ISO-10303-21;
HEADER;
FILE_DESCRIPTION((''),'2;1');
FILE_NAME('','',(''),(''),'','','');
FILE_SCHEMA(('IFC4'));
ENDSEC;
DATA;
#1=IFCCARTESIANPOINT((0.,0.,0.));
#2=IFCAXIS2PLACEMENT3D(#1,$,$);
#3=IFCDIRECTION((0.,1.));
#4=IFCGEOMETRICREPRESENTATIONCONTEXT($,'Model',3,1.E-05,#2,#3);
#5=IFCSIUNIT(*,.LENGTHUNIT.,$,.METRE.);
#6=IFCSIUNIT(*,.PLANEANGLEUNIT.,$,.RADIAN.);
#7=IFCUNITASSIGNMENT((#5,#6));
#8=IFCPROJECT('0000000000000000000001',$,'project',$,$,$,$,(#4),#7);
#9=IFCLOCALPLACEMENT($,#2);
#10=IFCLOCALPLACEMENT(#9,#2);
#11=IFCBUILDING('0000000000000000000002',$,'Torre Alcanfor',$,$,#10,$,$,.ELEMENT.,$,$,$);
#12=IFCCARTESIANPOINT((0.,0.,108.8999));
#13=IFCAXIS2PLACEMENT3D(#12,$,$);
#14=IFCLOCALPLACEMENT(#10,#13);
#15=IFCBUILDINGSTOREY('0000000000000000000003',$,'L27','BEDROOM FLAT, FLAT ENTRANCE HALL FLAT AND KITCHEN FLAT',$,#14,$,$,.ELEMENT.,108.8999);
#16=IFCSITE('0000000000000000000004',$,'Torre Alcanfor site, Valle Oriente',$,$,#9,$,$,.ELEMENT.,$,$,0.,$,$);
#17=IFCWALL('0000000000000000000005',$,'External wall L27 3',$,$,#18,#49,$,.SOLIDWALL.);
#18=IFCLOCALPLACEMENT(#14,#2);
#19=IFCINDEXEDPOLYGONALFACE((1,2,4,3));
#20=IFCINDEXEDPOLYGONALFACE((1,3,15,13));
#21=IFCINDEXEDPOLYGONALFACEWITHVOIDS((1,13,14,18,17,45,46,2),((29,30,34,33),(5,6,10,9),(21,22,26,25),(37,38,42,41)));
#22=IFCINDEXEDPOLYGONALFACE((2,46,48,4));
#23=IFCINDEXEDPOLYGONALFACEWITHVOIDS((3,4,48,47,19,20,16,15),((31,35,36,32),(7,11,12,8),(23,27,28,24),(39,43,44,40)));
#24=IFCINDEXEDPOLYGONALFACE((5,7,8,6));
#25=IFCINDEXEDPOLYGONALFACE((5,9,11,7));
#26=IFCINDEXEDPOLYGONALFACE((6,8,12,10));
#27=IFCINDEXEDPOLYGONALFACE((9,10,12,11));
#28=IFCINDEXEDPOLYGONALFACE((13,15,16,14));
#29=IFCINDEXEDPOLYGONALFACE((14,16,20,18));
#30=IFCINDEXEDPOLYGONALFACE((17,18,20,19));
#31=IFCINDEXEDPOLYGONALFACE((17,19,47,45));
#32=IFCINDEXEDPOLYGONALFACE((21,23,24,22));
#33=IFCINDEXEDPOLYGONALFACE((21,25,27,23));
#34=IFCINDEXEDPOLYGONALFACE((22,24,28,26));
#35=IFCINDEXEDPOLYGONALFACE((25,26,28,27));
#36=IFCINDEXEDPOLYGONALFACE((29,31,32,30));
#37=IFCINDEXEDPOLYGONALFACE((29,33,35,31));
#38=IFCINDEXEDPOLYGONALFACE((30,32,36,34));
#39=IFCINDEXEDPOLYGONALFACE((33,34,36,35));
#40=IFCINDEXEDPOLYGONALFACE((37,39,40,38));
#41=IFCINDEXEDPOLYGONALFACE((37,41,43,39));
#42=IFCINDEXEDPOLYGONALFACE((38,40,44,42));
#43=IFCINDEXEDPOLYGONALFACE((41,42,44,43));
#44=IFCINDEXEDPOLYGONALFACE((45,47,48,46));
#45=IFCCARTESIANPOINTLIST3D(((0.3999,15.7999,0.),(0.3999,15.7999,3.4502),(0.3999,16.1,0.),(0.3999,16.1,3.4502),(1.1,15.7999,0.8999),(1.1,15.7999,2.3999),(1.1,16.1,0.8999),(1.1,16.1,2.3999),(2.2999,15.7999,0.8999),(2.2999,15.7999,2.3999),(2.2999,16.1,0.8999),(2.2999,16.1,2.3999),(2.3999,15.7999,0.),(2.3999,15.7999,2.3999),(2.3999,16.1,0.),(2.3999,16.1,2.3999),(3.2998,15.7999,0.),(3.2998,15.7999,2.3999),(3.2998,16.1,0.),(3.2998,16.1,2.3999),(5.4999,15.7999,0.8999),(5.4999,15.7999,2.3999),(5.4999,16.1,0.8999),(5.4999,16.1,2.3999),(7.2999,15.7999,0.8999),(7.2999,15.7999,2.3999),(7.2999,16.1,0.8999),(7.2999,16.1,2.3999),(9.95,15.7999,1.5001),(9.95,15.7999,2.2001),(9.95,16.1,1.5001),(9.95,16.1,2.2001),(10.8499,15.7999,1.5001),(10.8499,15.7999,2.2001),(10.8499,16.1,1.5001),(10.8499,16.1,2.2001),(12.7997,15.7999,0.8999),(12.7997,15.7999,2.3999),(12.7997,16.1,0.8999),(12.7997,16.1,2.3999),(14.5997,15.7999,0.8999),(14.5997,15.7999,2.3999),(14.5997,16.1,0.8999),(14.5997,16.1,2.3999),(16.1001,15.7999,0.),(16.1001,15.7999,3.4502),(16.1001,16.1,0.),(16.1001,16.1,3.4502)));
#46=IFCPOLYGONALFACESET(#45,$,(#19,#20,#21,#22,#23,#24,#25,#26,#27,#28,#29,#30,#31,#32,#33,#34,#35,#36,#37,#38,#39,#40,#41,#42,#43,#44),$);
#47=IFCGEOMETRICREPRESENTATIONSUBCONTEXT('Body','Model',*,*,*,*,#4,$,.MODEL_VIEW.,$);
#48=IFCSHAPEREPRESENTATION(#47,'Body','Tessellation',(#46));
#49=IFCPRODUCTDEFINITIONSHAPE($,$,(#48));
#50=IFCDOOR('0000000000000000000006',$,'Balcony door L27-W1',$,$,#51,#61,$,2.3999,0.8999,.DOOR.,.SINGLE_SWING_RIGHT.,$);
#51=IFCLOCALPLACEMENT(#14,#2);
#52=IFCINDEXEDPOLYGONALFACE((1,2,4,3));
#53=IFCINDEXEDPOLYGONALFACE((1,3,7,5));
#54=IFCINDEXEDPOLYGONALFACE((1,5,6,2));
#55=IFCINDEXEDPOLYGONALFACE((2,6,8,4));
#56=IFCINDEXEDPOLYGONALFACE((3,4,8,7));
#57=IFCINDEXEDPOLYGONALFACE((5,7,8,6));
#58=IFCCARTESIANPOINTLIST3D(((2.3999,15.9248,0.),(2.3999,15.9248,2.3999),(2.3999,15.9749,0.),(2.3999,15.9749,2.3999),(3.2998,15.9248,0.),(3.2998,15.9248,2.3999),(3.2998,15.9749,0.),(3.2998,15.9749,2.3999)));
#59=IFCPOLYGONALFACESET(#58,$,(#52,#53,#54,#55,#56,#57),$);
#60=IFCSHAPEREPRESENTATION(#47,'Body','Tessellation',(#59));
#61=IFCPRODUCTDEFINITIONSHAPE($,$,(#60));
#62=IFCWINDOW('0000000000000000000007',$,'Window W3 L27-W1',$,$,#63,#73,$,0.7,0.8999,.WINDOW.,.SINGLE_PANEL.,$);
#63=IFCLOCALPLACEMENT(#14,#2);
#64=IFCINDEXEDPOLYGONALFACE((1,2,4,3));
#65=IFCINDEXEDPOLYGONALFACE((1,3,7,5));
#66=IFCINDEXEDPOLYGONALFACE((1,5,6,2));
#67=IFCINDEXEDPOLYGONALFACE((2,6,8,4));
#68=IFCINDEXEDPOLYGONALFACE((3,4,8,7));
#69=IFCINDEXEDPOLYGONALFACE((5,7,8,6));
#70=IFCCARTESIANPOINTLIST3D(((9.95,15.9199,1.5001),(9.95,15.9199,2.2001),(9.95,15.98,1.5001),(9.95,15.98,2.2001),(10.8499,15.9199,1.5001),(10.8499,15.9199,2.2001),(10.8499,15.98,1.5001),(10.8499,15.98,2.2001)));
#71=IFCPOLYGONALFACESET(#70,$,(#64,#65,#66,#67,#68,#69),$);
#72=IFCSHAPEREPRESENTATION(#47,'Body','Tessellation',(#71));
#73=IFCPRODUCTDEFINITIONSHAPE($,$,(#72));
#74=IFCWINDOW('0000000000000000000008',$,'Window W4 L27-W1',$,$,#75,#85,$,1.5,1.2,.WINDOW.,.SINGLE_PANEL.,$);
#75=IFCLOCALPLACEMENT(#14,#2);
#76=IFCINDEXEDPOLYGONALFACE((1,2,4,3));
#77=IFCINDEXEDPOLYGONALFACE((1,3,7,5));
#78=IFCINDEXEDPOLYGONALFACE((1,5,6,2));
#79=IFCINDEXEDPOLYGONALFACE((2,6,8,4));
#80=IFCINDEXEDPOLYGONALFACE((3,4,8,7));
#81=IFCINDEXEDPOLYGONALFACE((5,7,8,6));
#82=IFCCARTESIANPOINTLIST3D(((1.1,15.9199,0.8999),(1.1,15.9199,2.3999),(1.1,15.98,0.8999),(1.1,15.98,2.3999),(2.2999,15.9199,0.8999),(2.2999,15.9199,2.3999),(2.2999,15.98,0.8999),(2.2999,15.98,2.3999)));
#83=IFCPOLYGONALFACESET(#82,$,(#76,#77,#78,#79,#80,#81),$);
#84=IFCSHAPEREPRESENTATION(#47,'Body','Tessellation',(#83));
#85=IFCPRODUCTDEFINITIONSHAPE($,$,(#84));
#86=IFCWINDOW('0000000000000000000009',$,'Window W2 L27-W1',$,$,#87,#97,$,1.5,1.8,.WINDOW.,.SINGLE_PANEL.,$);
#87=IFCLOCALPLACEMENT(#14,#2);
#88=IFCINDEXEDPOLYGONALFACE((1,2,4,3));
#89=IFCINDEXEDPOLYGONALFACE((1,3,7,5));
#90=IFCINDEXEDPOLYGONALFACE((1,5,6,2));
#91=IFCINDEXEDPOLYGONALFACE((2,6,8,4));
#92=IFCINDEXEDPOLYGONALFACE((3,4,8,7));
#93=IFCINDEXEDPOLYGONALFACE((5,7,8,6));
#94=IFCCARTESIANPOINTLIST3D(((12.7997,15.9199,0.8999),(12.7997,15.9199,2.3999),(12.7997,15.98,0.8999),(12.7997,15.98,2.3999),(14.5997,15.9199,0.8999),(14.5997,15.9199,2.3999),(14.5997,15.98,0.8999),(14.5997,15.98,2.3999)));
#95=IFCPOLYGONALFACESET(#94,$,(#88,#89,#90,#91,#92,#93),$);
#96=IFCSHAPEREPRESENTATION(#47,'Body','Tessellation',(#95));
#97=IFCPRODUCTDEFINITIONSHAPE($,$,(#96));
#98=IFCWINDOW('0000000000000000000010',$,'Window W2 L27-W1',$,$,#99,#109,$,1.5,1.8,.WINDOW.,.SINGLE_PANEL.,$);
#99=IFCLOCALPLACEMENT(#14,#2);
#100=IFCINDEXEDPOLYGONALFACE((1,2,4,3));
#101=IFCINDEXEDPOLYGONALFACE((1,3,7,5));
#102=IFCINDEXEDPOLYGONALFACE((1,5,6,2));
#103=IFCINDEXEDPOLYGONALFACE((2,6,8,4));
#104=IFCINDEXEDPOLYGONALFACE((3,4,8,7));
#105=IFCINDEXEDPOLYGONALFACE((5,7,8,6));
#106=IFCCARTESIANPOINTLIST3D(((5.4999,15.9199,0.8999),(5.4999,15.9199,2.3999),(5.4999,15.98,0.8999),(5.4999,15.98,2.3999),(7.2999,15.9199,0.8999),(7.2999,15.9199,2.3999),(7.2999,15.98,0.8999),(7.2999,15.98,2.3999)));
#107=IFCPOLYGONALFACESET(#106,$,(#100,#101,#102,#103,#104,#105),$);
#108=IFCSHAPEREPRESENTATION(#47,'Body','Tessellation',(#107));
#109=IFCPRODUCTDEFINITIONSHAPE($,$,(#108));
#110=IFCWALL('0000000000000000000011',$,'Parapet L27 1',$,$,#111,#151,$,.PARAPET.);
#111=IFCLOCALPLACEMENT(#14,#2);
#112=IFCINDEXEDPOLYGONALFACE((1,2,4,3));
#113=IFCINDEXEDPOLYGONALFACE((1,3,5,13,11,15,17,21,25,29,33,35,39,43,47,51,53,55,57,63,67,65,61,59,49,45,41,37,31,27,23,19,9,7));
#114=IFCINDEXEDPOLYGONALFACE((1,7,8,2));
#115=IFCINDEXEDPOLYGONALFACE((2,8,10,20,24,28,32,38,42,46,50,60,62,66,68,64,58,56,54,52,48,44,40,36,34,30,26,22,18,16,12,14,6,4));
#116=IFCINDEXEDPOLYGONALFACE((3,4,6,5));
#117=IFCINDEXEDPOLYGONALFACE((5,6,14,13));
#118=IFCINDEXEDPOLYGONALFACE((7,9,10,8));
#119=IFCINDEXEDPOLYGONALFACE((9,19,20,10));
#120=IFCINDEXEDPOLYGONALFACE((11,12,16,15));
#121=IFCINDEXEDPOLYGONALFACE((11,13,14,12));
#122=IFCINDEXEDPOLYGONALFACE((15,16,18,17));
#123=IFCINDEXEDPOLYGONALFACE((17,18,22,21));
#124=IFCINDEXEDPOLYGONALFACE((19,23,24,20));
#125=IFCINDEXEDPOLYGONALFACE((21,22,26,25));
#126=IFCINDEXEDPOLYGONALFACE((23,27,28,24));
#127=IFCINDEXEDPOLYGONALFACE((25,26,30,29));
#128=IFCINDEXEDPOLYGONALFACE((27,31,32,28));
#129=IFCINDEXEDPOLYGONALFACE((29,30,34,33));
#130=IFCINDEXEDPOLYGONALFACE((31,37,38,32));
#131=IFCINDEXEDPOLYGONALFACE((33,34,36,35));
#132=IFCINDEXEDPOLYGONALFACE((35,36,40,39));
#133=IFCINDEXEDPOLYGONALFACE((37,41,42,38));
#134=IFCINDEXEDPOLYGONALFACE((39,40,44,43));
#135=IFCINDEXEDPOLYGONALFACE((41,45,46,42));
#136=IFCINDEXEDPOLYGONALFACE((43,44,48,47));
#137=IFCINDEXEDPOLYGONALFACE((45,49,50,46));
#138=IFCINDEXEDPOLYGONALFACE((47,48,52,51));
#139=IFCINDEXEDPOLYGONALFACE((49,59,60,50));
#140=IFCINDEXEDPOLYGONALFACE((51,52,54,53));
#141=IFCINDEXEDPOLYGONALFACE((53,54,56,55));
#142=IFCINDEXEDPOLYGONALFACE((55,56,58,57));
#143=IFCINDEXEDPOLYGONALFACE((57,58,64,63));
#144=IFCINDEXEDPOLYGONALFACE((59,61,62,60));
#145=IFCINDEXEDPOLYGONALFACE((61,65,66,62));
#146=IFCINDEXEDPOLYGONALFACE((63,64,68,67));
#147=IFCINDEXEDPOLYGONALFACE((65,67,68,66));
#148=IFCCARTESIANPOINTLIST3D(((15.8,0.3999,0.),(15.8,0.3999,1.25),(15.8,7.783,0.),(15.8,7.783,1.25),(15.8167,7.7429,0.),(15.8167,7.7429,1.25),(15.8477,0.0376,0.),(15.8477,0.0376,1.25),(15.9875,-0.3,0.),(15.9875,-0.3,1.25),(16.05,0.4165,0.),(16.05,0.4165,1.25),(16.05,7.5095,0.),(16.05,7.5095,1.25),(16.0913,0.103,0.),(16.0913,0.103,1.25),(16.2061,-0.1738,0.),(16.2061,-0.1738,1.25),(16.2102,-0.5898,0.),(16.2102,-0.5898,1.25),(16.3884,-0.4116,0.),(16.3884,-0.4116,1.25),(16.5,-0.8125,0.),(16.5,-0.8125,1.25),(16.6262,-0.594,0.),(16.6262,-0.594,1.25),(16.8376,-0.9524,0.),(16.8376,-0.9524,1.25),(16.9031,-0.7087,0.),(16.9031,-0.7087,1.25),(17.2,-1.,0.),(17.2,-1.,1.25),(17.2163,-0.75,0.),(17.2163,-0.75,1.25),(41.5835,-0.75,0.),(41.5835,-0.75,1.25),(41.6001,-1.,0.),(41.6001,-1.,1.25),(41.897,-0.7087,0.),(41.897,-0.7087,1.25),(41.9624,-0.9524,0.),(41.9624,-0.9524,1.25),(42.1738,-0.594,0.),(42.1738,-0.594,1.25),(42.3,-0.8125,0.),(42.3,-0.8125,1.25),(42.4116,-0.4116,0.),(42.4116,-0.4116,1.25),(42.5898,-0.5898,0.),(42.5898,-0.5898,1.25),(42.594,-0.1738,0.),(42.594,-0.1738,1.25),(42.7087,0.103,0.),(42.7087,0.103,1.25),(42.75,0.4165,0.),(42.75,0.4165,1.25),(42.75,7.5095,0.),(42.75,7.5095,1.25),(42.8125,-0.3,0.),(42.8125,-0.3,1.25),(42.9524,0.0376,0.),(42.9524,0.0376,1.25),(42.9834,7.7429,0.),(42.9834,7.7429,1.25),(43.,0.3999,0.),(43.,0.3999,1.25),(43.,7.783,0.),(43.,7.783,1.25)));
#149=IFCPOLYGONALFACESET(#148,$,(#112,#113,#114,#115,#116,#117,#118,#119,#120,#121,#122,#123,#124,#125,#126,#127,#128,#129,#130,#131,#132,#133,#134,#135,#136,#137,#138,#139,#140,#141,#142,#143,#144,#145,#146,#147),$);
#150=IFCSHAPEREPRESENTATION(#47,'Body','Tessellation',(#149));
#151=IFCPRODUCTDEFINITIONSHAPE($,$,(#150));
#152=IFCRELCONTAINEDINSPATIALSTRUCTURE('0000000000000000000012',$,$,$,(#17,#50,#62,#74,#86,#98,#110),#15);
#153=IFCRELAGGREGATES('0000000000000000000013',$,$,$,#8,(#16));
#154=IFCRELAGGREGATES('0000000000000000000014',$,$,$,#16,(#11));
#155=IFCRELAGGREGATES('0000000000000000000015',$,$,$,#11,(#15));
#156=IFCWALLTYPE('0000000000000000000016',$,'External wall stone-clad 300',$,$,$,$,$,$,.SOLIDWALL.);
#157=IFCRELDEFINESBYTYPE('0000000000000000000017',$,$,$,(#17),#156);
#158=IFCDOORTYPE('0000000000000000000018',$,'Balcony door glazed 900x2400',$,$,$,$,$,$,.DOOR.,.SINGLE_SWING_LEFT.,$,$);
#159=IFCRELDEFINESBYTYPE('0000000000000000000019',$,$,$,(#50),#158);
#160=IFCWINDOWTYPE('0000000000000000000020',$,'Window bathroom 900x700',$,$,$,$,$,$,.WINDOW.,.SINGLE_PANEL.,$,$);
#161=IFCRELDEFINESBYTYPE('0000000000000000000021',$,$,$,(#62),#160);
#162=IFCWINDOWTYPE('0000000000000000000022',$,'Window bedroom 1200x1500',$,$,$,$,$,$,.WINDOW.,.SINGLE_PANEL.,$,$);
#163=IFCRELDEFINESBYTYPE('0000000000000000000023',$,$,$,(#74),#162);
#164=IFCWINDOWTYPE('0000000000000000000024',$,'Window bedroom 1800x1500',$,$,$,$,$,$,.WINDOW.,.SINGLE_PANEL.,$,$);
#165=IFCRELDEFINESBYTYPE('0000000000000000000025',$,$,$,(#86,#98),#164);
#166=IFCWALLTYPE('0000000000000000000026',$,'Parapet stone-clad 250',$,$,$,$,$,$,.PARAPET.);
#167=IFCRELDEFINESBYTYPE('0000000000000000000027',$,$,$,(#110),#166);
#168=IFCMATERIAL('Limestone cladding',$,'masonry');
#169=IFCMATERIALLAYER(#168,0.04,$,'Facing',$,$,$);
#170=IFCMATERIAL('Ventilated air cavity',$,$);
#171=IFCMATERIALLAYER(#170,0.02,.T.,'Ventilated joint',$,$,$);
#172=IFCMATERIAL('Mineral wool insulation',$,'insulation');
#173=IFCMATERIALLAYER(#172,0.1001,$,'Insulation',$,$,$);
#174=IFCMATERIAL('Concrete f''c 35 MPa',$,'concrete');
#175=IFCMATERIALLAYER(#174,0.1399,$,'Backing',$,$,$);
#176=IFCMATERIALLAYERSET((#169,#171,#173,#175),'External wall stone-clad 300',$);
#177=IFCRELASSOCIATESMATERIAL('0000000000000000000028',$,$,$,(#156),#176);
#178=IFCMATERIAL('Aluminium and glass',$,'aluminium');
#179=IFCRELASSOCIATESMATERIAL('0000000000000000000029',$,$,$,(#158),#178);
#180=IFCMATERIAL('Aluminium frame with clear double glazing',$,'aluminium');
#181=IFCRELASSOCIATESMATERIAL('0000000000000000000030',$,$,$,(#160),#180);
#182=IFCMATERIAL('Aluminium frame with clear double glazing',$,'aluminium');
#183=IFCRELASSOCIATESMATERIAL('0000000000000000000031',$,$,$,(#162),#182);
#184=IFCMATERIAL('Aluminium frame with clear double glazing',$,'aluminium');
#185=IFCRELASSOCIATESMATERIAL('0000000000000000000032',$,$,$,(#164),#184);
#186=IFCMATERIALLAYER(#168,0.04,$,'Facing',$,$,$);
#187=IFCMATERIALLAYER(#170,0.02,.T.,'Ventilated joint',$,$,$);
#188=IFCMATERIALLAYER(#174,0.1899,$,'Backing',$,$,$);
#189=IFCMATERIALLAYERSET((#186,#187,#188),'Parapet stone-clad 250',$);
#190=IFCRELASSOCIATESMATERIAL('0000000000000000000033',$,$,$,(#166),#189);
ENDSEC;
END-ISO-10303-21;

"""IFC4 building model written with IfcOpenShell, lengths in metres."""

from ifc_helpers import new_model, si_unit, direction, frame, frame_2d, origin, place, context, subcontext, project, spatial, polyline, rectangle, outline, extrude, material, layer, layer_set, type_object, element, fill, save


model = new_model("IFC4")

# Units and contexts
model_context = context("Model", 3, precision=1e-05, world=origin(), true_north=direction((0.0, 1.0)))
body_context = subcontext(model_context, "Body", "Model", "MODEL_VIEW")
ifc_project = project(units=[si_unit("LENGTHUNIT", "METRE"), si_unit("PLANEANGLEUNIT", "RADIAN")], contexts=[model_context])

# Site, building, storey
site_placement = place(None, origin())
site = spatial("IfcSite", under=ifc_project, at=site_placement, Name="Torre Alcanfor site, Valle Oriente", CompositionType="ELEMENT", RefElevation=0.0)
building_placement = place(site_placement, origin())
building = spatial("IfcBuilding", under=site, at=building_placement, Name="Torre Alcanfor", CompositionType="ELEMENT")
storey_placement = place(building_placement, frame((0.0, 0.0, 108.8999)))
storey = spatial("IfcBuildingStorey", under=building, at=storey_placement, Name="L27", Description="BEDROOM FLAT, FLAT ENTRANCE HALL FLAT AND KITCHEN FLAT", CompositionType="ELEMENT", Elevation=108.8999)

# Wall, openings, door, windows
ifc_material_1 = material(Name="Limestone cladding", Category="masonry")
ifc_layer_1 = layer(ifc_material_1, 0.04, Name="Facing")
ifc_material_2 = material(Name="Ventilated air cavity")
ifc_layer_2 = layer(ifc_material_2, 0.02, ventilated=True, Name="Ventilated joint")
ifc_material_3 = material(Name="Mineral wool insulation", Category="insulation")
ifc_layer_3 = layer(ifc_material_3, 0.1001, Name="Insulation")
ifc_material_4 = material(Name="Concrete f'c 35 MPa", Category="concrete")
ifc_layer_4 = layer(ifc_material_4, 0.1399, Name="Backing")
ifc_layer_set_1 = layer_set([ifc_layer_1, ifc_layer_2, ifc_layer_3, ifc_layer_4], Name="External wall stone-clad 300")
wall_type_1 = type_object("IfcWallType", Name="External wall stone-clad 300", PredefinedType="SOLIDWALL", material=ifc_layer_set_1)
wall_1_placement = place(storey_placement, frame((0.3999, 15.95, 0.0), z_axis=(0.0, 0.0, 1.0), x_axis=(1.0, 0.0, 0.0)))
wall_1 = element("IfcWall", 1, at=wall_1_placement, inside=storey, type_object=wall_type_1, Name="External wall L27 3", PredefinedType="SOLIDWALL", context=body_context, shape_type="SweptSolid", body=[
    extrude(rectangle(XDim=15.7002, YDim=0.3, at=frame_2d((7.8501, 0.0))), origin(), (0.0, 0.0, 1.0), 3.4502),
])
opening_1_placement = place(wall_1_placement, frame((12.3999, 0.0, 0.8999)))
opening_1 = element("IfcOpeningElement", 2, at=opening_1_placement, cuts=wall_1, PredefinedType="OPENING", context=body_context, shape_type="SweptSolid", body=[
    extrude(rectangle(XDim=1.8, YDim=1.5, at=frame_2d((0.8999, 0.75))), frame((0.0, 0.1599, 0.0), z_axis=(0.0, -1.0, 0.0), x_axis=(1.0, 0.0, 0.0)), (0.0, 0.0, 1.0), 0.3201),
])
opening_2_placement = place(wall_1_placement, frame((9.55, 0.0, 1.5)))
opening_2 = element("IfcOpeningElement", 3, at=opening_2_placement, cuts=wall_1, PredefinedType="OPENING", context=body_context, shape_type="SweptSolid", body=[
    extrude(rectangle(XDim=0.8999, YDim=0.7, at=frame_2d((0.45, 0.3501))), frame((0.0, 0.1599, 0.0), z_axis=(0.0, -1.0, 0.0), x_axis=(1.0, 0.0, 0.0)), (0.0, 0.0, 1.0), 0.3201),
])
opening_3_placement = place(wall_1_placement, frame((5.1001, 0.0, 0.8999)))
opening_3 = element("IfcOpeningElement", 4, at=opening_3_placement, cuts=wall_1, PredefinedType="OPENING", context=body_context, shape_type="SweptSolid", body=[
    extrude(rectangle(XDim=1.8, YDim=1.5, at=frame_2d((0.8999, 0.75))), frame((0.0, 0.1599, 0.0), z_axis=(0.0, -1.0, 0.0), x_axis=(1.0, 0.0, 0.0)), (0.0, 0.0, 1.0), 0.3201),
])
opening_4_placement = place(wall_1_placement, frame((2.0, 0.0, 0.0)))
opening_4 = element("IfcOpeningElement", 5, at=opening_4_placement, cuts=wall_1, PredefinedType="OPENING", context=body_context, shape_type="SweptSolid", body=[
    extrude(rectangle(XDim=0.8999, YDim=2.3999, at=frame_2d((0.45, 1.2))), frame((0.0, 0.1599, 0.0), z_axis=(0.0, -1.0, 0.0), x_axis=(1.0, 0.0, 0.0)), (0.0, 0.0, 1.0), 0.3201),
])
opening_5_placement = place(wall_1_placement, frame((0.7, 0.0, 0.8999)))
opening_5 = element("IfcOpeningElement", 6, at=opening_5_placement, cuts=wall_1, PredefinedType="OPENING", context=body_context, shape_type="SweptSolid", body=[
    extrude(rectangle(XDim=1.2, YDim=1.5, at=frame_2d((0.6001, 0.75))), frame((0.0, 0.1599, 0.0), z_axis=(0.0, -1.0, 0.0), x_axis=(1.0, 0.0, 0.0)), (0.0, 0.0, 1.0), 0.3201),
])
ifc_material_5 = material(Name="Aluminium and glass", Category="aluminium")
door_type = type_object("IfcDoorType", Name="Balcony door glazed 900x2400", OperationType="SINGLE_SWING_LEFT", PredefinedType="DOOR", material=ifc_material_5)
door_placement = place(opening_4_placement, origin())
door = element("IfcDoor", 7, at=door_placement, inside=storey, type_object=door_type, Name="Balcony door L27-W1", OperationType="SINGLE_SWING_RIGHT", OverallHeight=2.3999, OverallWidth=0.8999, PredefinedType="DOOR", context=body_context, shape_type="SweptSolid", body=[
    extrude(rectangle(XDim=0.8999, YDim=2.3999, at=frame_2d((0.45, 1.2))), frame((0.0, 0.0249, 0.0), z_axis=(0.0, -1.0, 0.0), x_axis=(1.0, 0.0, 0.0)), (0.0, 0.0, 1.0), 0.05),
])
fill(opening_4, door)
ifc_material_6 = material(Name="Aluminium frame with clear double glazing", Category="aluminium")
window_type_1 = type_object("IfcWindowType", Name="Window bathroom 900x700", PartitioningType="SINGLE_PANEL", PredefinedType="WINDOW", material=ifc_material_6)
window_1_placement = place(opening_2_placement, origin())
window_1 = element("IfcWindow", 8, at=window_1_placement, inside=storey, type_object=window_type_1, Name="Window W3 L27-W1", OverallHeight=0.7, OverallWidth=0.8999, PartitioningType="SINGLE_PANEL", PredefinedType="WINDOW", context=body_context, shape_type="SweptSolid", body=[
    extrude(rectangle(XDim=0.8999, YDim=0.7, at=frame_2d((0.45, 0.3501))), frame((0.0, 0.03, 0.0), z_axis=(0.0, -1.0, 0.0), x_axis=(1.0, 0.0, 0.0)), (0.0, 0.0, 1.0), 0.0601),
])
fill(opening_2, window_1)
ifc_material_7 = material(Name="Aluminium frame with clear double glazing", Category="aluminium")
window_type_2 = type_object("IfcWindowType", Name="Window bedroom 1200x1500", PartitioningType="SINGLE_PANEL", PredefinedType="WINDOW", material=ifc_material_7)
window_2_placement = place(opening_5_placement, origin())
window_2 = element("IfcWindow", 9, at=window_2_placement, inside=storey, type_object=window_type_2, Name="Window W4 L27-W1", OverallHeight=1.5, OverallWidth=1.2, PartitioningType="SINGLE_PANEL", PredefinedType="WINDOW", context=body_context, shape_type="SweptSolid", body=[
    extrude(rectangle(XDim=1.2, YDim=1.5, at=frame_2d((0.6001, 0.75))), frame((0.0, 0.03, 0.0), z_axis=(0.0, -1.0, 0.0), x_axis=(1.0, 0.0, 0.0)), (0.0, 0.0, 1.0), 0.0601),
])
fill(opening_5, window_2)
ifc_material_8 = material(Name="Aluminium frame with clear double glazing", Category="aluminium")
window_type_3 = type_object("IfcWindowType", Name="Window bedroom 1800x1500", PartitioningType="SINGLE_PANEL", PredefinedType="WINDOW", material=ifc_material_8)
window_3_placement = place(opening_1_placement, origin())
window_3 = element("IfcWindow", 10, at=window_3_placement, inside=storey, type_object=window_type_3, Name="Window W2 L27-W1", OverallHeight=1.5, OverallWidth=1.8, PartitioningType="SINGLE_PANEL", PredefinedType="WINDOW", context=body_context, shape_type="SweptSolid", body=[
    extrude(rectangle(XDim=1.8, YDim=1.5, at=frame_2d((0.8999, 0.75))), frame((0.0, 0.03, 0.0), z_axis=(0.0, -1.0, 0.0), x_axis=(1.0, 0.0, 0.0)), (0.0, 0.0, 1.0), 0.0601),
])
fill(opening_1, window_3)
window_4_placement = place(opening_3_placement, origin())
window_4 = element("IfcWindow", 11, at=window_4_placement, inside=storey, type_object=window_type_3, Name="Window W2 L27-W1", OverallHeight=1.5, OverallWidth=1.8, PartitioningType="SINGLE_PANEL", PredefinedType="WINDOW", context=body_context, shape_type="SweptSolid", body=[
    extrude(rectangle(XDim=1.8, YDim=1.5, at=frame_2d((0.8999, 0.75))), frame((0.0, 0.03, 0.0), z_axis=(0.0, -1.0, 0.0), x_axis=(1.0, 0.0, 0.0)), (0.0, 0.0, 1.0), 0.0601),
])
fill(opening_3, window_4)

# Wall
ifc_layer_5 = layer(ifc_material_1, 0.04, Name="Facing")
ifc_layer_6 = layer(ifc_material_2, 0.02, ventilated=True, Name="Ventilated joint")
ifc_layer_7 = layer(ifc_material_4, 0.1899, Name="Backing")
ifc_layer_set_2 = layer_set([ifc_layer_5, ifc_layer_6, ifc_layer_7], Name="Parapet stone-clad 250")
wall_type_2 = type_object("IfcWallType", Name="Parapet stone-clad 250", PredefinedType="PARAPET", material=ifc_layer_set_2)
wall_2_placement = place(storey_placement, origin())
element("IfcWall", 12, at=wall_2_placement, inside=storey, type_object=wall_type_2, Name="Parapet L27 1", PredefinedType="PARAPET", context=body_context, shape_type="SweptSolid", body=[
    extrude(outline(polyline([(42.8125, -0.3), (42.5898, -0.5898), (42.3, -0.8125), (41.9624, -0.9524), (41.6001, -1.0), (17.2, -1.0), (16.8376, -0.9524), (16.5, -0.8125), (16.2102, -0.5898), (15.9875, -0.3), (15.8477, 0.0376), (15.8, 0.3999), (15.8, 7.783), (15.8167, 7.7429), (16.05, 7.5095), (16.05, 0.4165), (16.0913, 0.103), (16.2061, -0.1738), (16.3884, -0.4116), (16.6262, -0.594), (16.9031, -0.7087), (17.2163, -0.75), (41.5835, -0.75), (41.897, -0.7087), (42.1738, -0.594), (42.4116, -0.4116), (42.594, -0.1738), (42.7087, 0.103), (42.75, 0.4165), (42.75, 7.5095), (42.9834, 7.7429), (43.0, 7.783), (43.0, 0.3999), (42.9524, 0.0376), (42.8125, -0.3)])), origin(), (0.0, 0.0, 1.0), 1.25),
])

save(model, "model.ifc")
